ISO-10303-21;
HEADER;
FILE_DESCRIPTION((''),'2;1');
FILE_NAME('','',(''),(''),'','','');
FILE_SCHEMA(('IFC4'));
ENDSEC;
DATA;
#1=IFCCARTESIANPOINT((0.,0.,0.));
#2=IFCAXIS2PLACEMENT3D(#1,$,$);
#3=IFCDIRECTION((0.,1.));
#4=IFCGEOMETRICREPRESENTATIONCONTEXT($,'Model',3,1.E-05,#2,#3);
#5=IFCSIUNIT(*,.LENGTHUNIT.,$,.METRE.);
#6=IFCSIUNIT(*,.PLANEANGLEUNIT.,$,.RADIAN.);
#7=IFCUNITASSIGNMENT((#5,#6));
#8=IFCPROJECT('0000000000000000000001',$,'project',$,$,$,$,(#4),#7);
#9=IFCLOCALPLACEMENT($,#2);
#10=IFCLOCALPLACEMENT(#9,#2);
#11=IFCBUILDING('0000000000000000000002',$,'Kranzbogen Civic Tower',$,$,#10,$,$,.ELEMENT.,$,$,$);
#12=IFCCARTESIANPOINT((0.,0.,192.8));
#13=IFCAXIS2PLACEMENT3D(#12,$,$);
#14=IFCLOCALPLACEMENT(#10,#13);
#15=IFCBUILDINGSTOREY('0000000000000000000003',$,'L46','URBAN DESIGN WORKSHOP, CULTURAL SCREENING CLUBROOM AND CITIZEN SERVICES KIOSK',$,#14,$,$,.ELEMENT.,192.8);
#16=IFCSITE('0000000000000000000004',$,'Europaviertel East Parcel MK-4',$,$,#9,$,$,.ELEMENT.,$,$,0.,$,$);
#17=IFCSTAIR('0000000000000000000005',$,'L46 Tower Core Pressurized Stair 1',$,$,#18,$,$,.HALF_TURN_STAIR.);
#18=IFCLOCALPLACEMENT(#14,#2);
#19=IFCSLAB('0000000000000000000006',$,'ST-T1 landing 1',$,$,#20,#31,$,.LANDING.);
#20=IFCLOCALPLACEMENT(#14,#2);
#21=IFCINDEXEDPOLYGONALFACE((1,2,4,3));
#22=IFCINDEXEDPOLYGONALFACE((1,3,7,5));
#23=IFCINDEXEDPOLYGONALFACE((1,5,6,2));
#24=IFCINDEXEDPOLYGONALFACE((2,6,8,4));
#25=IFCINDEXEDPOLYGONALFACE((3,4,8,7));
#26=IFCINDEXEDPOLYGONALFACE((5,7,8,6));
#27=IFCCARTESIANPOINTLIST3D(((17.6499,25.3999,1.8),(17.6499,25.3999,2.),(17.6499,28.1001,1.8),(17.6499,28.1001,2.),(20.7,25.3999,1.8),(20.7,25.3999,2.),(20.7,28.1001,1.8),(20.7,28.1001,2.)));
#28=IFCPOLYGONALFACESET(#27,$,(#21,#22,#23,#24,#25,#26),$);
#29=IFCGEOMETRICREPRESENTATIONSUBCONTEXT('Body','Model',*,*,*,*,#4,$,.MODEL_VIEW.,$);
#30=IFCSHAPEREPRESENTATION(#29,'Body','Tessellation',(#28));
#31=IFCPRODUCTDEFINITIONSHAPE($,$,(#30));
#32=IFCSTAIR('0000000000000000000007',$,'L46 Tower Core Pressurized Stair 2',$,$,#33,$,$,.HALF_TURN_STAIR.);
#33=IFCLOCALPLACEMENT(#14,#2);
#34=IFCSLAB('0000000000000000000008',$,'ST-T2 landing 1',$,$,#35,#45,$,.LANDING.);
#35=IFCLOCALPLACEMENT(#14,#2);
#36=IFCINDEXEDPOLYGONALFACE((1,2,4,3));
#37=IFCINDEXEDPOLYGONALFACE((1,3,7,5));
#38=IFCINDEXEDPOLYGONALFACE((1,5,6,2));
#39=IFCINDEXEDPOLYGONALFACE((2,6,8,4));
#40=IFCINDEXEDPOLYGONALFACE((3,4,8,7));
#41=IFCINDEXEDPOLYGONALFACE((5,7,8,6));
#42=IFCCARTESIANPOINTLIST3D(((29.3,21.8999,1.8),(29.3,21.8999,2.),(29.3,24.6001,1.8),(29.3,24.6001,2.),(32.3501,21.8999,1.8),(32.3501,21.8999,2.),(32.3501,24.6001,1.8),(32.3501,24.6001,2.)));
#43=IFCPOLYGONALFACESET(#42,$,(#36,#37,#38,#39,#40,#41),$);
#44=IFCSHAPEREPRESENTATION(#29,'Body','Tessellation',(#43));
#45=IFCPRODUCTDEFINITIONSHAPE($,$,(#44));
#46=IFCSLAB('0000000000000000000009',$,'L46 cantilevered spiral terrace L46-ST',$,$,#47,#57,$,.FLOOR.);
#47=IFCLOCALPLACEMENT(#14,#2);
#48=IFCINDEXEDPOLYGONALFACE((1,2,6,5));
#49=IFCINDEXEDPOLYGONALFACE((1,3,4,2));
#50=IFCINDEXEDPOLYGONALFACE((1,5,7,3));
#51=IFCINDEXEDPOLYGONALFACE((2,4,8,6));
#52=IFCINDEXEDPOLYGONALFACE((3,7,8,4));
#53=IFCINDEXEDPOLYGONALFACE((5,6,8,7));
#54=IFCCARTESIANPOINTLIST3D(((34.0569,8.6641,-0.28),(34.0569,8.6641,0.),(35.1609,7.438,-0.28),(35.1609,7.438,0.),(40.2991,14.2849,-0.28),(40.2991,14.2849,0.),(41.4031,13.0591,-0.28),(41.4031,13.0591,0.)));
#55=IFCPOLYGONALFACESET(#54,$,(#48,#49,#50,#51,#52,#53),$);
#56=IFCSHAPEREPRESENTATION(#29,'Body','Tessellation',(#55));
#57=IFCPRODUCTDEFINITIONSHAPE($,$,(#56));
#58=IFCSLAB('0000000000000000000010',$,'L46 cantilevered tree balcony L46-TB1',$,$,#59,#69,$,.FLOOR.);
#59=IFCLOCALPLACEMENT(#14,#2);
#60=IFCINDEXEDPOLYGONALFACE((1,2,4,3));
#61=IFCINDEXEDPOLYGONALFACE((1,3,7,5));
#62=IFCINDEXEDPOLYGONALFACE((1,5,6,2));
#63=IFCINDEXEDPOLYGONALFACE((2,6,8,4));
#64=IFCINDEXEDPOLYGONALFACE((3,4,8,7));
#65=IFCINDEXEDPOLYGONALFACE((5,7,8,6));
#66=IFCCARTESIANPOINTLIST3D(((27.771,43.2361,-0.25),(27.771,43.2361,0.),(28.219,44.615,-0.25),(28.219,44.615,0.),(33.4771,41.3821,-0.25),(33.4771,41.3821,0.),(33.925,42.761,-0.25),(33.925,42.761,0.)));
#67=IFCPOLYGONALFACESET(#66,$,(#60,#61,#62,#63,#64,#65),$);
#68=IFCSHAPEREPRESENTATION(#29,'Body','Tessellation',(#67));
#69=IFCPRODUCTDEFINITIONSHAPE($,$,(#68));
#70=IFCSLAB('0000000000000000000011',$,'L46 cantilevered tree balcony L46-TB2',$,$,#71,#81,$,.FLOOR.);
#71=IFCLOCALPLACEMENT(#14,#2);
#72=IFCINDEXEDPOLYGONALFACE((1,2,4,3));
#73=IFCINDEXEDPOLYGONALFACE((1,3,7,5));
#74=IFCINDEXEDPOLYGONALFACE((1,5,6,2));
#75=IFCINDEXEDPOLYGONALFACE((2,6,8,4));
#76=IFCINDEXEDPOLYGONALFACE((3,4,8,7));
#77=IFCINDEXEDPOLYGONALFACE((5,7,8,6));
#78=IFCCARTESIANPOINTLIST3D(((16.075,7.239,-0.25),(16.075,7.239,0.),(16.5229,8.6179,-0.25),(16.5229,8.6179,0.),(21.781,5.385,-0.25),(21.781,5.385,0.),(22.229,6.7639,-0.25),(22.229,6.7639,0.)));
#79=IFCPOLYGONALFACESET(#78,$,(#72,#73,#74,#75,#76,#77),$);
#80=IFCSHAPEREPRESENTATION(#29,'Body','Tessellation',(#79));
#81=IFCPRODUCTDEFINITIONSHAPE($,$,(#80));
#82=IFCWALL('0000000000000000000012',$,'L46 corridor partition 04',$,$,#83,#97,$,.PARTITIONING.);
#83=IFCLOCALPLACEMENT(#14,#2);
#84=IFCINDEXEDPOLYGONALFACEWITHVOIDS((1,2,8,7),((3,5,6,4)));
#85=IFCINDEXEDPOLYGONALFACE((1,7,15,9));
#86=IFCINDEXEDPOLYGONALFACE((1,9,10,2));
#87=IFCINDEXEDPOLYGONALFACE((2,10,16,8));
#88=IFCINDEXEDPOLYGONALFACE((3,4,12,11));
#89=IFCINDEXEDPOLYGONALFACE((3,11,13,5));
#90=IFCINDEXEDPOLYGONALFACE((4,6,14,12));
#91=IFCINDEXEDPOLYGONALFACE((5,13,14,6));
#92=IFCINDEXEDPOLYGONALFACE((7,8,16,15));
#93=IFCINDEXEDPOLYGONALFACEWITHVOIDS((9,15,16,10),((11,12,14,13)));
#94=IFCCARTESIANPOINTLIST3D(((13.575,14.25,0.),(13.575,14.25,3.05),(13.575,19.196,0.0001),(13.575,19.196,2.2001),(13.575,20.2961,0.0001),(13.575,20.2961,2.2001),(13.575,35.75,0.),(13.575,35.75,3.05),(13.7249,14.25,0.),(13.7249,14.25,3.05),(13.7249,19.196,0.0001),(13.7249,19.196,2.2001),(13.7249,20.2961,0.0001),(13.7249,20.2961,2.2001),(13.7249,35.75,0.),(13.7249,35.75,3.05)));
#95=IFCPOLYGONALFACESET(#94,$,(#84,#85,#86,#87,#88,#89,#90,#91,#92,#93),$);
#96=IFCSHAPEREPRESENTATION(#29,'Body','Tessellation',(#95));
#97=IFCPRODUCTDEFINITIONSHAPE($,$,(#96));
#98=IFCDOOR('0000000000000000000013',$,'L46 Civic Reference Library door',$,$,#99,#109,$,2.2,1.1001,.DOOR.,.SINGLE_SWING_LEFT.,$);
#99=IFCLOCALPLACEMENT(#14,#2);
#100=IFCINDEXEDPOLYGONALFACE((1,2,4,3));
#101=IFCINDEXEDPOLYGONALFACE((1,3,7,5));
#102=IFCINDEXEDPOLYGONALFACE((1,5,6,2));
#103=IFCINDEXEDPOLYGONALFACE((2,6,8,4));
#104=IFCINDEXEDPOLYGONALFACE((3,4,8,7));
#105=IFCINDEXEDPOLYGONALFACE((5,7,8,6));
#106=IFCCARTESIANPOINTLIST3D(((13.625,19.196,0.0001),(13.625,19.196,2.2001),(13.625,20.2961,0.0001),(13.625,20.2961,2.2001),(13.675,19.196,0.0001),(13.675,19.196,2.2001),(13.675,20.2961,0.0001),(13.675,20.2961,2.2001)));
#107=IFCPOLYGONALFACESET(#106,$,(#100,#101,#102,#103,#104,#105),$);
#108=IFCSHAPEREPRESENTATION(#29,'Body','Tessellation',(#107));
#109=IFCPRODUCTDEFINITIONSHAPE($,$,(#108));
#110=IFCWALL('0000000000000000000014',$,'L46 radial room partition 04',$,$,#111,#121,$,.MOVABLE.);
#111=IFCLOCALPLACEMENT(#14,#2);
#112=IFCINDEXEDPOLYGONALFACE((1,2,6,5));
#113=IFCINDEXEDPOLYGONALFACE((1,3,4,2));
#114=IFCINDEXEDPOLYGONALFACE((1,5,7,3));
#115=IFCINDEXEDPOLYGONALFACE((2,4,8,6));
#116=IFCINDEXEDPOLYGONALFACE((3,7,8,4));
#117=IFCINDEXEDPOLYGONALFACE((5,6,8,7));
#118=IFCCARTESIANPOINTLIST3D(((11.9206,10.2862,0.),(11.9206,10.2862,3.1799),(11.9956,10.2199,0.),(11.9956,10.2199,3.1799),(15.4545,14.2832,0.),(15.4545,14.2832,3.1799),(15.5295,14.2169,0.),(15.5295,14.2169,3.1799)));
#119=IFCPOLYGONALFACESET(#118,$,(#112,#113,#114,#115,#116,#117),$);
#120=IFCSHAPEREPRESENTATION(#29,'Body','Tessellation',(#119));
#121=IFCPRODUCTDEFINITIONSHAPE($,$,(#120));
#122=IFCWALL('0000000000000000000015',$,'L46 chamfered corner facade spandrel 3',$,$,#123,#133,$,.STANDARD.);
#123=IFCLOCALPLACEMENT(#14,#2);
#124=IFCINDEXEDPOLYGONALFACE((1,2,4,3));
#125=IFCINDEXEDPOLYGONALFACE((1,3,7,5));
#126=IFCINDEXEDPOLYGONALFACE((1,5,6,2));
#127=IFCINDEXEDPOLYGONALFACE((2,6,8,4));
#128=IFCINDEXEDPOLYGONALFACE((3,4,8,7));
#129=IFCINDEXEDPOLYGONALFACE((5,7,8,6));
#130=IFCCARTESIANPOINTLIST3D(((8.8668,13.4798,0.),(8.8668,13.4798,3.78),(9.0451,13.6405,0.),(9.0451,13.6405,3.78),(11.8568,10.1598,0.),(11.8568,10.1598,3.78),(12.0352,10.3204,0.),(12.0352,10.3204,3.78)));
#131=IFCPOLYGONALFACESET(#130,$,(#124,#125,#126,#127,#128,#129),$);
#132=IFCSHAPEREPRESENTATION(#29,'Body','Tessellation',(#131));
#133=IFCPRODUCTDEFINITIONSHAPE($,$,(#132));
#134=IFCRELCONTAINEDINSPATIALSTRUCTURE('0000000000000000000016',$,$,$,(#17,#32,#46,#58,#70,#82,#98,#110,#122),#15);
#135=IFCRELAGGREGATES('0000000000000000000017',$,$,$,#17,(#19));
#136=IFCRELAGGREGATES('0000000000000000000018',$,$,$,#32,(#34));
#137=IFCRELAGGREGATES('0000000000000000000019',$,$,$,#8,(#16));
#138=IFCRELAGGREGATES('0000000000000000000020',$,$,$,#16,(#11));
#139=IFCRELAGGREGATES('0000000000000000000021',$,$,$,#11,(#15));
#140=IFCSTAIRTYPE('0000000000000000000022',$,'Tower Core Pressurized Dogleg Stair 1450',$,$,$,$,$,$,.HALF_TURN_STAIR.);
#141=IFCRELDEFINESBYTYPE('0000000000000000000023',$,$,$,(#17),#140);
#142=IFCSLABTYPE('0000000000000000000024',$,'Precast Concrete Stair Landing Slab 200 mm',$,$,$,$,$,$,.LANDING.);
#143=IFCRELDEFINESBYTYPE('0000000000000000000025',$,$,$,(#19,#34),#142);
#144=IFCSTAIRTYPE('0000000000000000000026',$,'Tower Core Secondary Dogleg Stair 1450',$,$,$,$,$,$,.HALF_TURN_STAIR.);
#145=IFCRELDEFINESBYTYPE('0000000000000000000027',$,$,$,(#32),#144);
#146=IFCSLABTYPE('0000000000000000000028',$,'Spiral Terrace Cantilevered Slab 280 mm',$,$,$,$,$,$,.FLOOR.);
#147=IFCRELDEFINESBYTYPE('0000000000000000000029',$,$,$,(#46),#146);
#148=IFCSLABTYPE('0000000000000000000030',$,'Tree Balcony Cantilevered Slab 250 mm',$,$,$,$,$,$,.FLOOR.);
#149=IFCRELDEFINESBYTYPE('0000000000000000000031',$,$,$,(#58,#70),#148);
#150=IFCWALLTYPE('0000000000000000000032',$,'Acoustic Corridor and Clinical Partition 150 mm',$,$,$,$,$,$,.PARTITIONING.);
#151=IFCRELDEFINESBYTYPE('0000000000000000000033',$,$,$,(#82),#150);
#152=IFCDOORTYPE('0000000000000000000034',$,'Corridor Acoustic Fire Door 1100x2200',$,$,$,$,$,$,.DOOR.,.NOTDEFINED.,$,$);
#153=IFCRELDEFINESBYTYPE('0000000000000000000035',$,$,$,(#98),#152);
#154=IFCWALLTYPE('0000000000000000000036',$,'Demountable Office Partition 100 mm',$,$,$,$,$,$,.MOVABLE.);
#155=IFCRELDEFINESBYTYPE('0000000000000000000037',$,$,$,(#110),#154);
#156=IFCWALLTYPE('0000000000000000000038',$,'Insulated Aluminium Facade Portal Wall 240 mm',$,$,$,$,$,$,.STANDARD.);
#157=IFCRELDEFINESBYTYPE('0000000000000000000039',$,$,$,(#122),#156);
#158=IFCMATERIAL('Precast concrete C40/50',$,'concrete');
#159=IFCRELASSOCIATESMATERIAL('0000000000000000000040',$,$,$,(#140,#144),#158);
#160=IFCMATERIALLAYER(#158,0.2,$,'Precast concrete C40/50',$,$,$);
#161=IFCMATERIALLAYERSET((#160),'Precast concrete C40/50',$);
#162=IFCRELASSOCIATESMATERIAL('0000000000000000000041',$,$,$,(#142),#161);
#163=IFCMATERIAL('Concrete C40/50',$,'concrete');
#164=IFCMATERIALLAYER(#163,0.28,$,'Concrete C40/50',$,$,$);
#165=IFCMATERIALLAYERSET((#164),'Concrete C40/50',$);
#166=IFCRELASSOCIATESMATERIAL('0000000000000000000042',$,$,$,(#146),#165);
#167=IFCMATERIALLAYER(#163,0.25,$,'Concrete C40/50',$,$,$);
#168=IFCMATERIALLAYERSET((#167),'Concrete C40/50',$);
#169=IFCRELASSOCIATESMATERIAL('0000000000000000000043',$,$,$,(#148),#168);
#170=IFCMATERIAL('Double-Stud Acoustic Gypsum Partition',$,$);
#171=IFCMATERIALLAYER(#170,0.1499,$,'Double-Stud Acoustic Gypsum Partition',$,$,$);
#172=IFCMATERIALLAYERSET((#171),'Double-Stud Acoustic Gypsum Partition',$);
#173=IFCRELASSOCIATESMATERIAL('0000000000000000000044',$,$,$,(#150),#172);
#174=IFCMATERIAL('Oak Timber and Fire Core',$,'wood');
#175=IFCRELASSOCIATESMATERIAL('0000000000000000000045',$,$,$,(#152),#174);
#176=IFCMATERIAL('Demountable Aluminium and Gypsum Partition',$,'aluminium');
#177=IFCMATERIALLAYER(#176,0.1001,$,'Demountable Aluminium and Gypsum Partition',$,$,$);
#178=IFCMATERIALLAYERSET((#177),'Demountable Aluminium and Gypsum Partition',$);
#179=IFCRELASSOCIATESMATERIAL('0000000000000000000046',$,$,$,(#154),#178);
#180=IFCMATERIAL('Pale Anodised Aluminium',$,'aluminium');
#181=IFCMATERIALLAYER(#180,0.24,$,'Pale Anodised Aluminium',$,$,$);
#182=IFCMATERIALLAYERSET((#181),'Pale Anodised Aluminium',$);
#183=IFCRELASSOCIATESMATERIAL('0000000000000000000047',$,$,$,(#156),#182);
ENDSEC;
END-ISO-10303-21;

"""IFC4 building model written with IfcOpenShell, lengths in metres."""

from ifc_helpers import new_model, si_unit, direction, frame, frame_2d, origin, place, context, subcontext, project, spatial, polyline, rectangle, outline, extrude, material, layer, layer_set, type_object, element, fill, aggregate, save


model = new_model("IFC4")

# Units and contexts
model_context = context("Model", 3, precision=1e-05, world=origin(), true_north=direction((0.0, 1.0)))
body_context = subcontext(model_context, "Body", "Model", "MODEL_VIEW")
ifc_project = project(units=[si_unit("LENGTHUNIT", "METRE"), si_unit("PLANEANGLEUNIT", "RADIAN")], contexts=[model_context])

# Site, building, storey
site_placement = place(None, origin())
site = spatial("IfcSite", under=ifc_project, at=site_placement, Name="Europaviertel East Parcel MK-4", CompositionType="ELEMENT", RefElevation=0.0)
building_placement = place(site_placement, origin())
building = spatial("IfcBuilding", under=site, at=building_placement, Name="Kranzbogen Civic Tower", CompositionType="ELEMENT")
storey_placement = place(building_placement, frame((0.0, 0.0, 192.8)))
storey = spatial("IfcBuildingStorey", under=building, at=storey_placement, Name="L46", Description="URBAN DESIGN WORKSHOP, CULTURAL SCREENING CLUBROOM AND CITIZEN SERVICES KIOSK", CompositionType="ELEMENT", Elevation=192.8)

# Shared definitions
ifc_material_1 = material(Name="Pale Anodised Aluminium", Category="aluminium")

# Shared definitions
ifc_material_2 = material(Name="Concrete C40/50", Category="concrete")

# Stairs, slabs
ifc_material_3 = material(Name="Precast concrete C40/50", Category="concrete")
stair_type_1 = type_object("IfcStairType", Name="Tower Core Pressurized Dogleg Stair 1450", PredefinedType="HALF_TURN_STAIR", material=ifc_material_3)
stair_1_placement = place(storey_placement, origin())
stair_1 = element("IfcStair", 1, at=stair_1_placement, inside=storey, type_object=stair_type_1, Name="L46 Tower Core Pressurized Stair 1", PredefinedType="HALF_TURN_STAIR")
ifc_layer_1 = layer(ifc_material_3, 0.2, Name="Precast concrete C40/50")
ifc_layer_set_1 = layer_set([ifc_layer_1], Name="Precast concrete C40/50")
slab_type_1 = type_object("IfcSlabType", Name="Precast Concrete Stair Landing Slab 200 mm", PredefinedType="LANDING", material=ifc_layer_set_1)
slab_1_placement = place(storey_placement, frame((0.0, 0.0, 1.8)))
slab_1 = element("IfcSlab", 2, at=slab_1_placement, type_object=slab_type_1, Name="ST-T1 landing 1", PredefinedType="LANDING", context=body_context, shape_type="SweptSolid", body=[
    extrude(outline(polyline([(20.7, 25.3999), (20.7, 28.1001), (17.6499, 28.1001), (17.6499, 25.3999), (20.7, 25.3999)])), origin(), (0.0, 0.0, 1.0), 0.2),
])
aggregate(stair_1, [slab_1])
stair_type_2 = type_object("IfcStairType", Name="Tower Core Secondary Dogleg Stair 1450", PredefinedType="HALF_TURN_STAIR", material=ifc_material_3)
stair_2_placement = place(storey_placement, origin())
stair_2 = element("IfcStair", 3, at=stair_2_placement, inside=storey, type_object=stair_type_2, Name="L46 Tower Core Pressurized Stair 2", PredefinedType="HALF_TURN_STAIR")
slab_2_placement = place(storey_placement, frame((0.0, 0.0, 1.8)))
slab_2 = element("IfcSlab", 4, at=slab_2_placement, type_object=slab_type_1, Name="ST-T2 landing 1", PredefinedType="LANDING", context=body_context, shape_type="SweptSolid", body=[
    extrude(outline(polyline([(29.3, 24.6001), (29.3, 21.8999), (32.3501, 21.8999), (32.3501, 24.6001), (29.3, 24.6001)])), origin(), (0.0, 0.0, 1.0), 0.2),
])
aggregate(stair_2, [slab_2])

# Slabs
ifc_layer_2 = layer(ifc_material_2, 0.28, Name="Concrete C40/50")
ifc_layer_set_2 = layer_set([ifc_layer_2], Name="Concrete C40/50")
slab_type_2 = type_object("IfcSlabType", Name="Spiral Terrace Cantilevered Slab 280 mm", PredefinedType="FLOOR", material=ifc_layer_set_2)
slab_3_placement = place(storey_placement, frame((0.0, 0.0, -0.28)))
element("IfcSlab", 5, at=slab_3_placement, inside=storey, type_object=slab_type_2, Name="L46 cantilevered spiral terrace L46-ST", PredefinedType="FLOOR", context=body_context, shape_type="SweptSolid", body=[
    extrude(outline(polyline([(34.0569, 8.6641), (40.2991, 14.2849), (41.4031, 13.0591), (35.1609, 7.438), (34.0569, 8.6641)])), origin(), (0.0, 0.0, 1.0), 0.28),
])
ifc_layer_3 = layer(ifc_material_2, 0.25, Name="Concrete C40/50")
ifc_layer_set_3 = layer_set([ifc_layer_3], Name="Concrete C40/50")
slab_type_3 = type_object("IfcSlabType", Name="Tree Balcony Cantilevered Slab 250 mm", PredefinedType="FLOOR", material=ifc_layer_set_3)
slab_4_placement = place(storey_placement, frame((0.0, 0.0, -0.25)))
element("IfcSlab", 6, at=slab_4_placement, inside=storey, type_object=slab_type_3, Name="L46 cantilevered tree balcony L46-TB1", PredefinedType="FLOOR", context=body_context, shape_type="SweptSolid", body=[
    extrude(outline(polyline([(33.4771, 41.3821), (27.771, 43.2361), (28.219, 44.615), (33.925, 42.761), (33.4771, 41.3821)])), origin(), (0.0, 0.0, 1.0), 0.25),
])
slab_5_placement = place(storey_placement, frame((0.0, 0.0, -0.25)))
element("IfcSlab", 7, at=slab_5_placement, inside=storey, type_object=slab_type_3, Name="L46 cantilevered tree balcony L46-TB2", PredefinedType="FLOOR", context=body_context, shape_type="SweptSolid", body=[
    extrude(outline(polyline([(16.5229, 8.6179), (22.229, 6.7639), (21.781, 5.385), (16.075, 7.239), (16.5229, 8.6179)])), origin(), (0.0, 0.0, 1.0), 0.25),
])

# Wall, opening, door
ifc_material_4 = material(Name="Double-Stud Acoustic Gypsum Partition")
ifc_layer_4 = layer(ifc_material_4, 0.1499, Name="Double-Stud Acoustic Gypsum Partition")
ifc_layer_set_4 = layer_set([ifc_layer_4], Name="Double-Stud Acoustic Gypsum Partition")
wall_type_1 = type_object("IfcWallType", Name="Acoustic Corridor and Clinical Partition 150 mm", PredefinedType="PARTITIONING", material=ifc_layer_set_4)
wall_1_placement = place(storey_placement, frame((13.6499, 14.25, 0.0), z_axis=(0.0, 0.0, 1.0), x_axis=(0.0, 1.0, 0.0)))
wall_1 = element("IfcWall", 8, at=wall_1_placement, inside=storey, type_object=wall_type_1, Name="L46 corridor partition 04", PredefinedType="PARTITIONING", context=body_context, shape_type="SweptSolid", body=[
    extrude(rectangle(XDim=21.5, YDim=0.1499, at=frame_2d((10.75, 0.0))), origin(), (0.0, 0.0, 1.0), 3.05),
])
opening_placement = place(wall_1_placement, frame((4.946, 0.0, 0.0)))
opening = element("IfcOpeningElement", 9, at=opening_placement, cuts=wall_1, PredefinedType="OPENING", context=body_context, shape_type="SweptSolid", body=[
    extrude(rectangle(XDim=1.1001, YDim=2.2, at=frame_2d((0.55, 1.1001))), frame((0.0, 0.085, 0.0), z_axis=(0.0, -1.0, 0.0), x_axis=(1.0, 0.0, 0.0)), (0.0, 0.0, 1.0), 0.1699),
])
ifc_material_5 = material(Name="Oak Timber and Fire Core", Category="wood")
door_type = type_object("IfcDoorType", Name="Corridor Acoustic Fire Door 1100x2200", OperationType="NOTDEFINED", PredefinedType="DOOR", material=ifc_material_5)
door_placement = place(opening_placement, origin())
door = element("IfcDoor", 10, at=door_placement, inside=storey, type_object=door_type, Name="L46 Civic Reference Library door", OperationType="SINGLE_SWING_LEFT", OverallHeight=2.2, OverallWidth=1.1001, PredefinedType="DOOR", context=body_context, shape_type="SweptSolid", body=[
    extrude(rectangle(XDim=1.1001, YDim=2.2, at=frame_2d((0.55, 1.1001))), frame((0.0, 0.0249, 0.0), z_axis=(0.0, -1.0, 0.0), x_axis=(1.0, 0.0, 0.0)), (0.0, 0.0, 1.0), 0.05),
])
fill(opening, door)

# Walls
ifc_material_6 = material(Name="Demountable Aluminium and Gypsum Partition", Category="aluminium")
ifc_layer_5 = layer(ifc_material_6, 0.1001, Name="Demountable Aluminium and Gypsum Partition")
ifc_layer_set_5 = layer_set([ifc_layer_5], Name="Demountable Aluminium and Gypsum Partition")
wall_type_2 = type_object("IfcWallType", Name="Demountable Office Partition 100 mm", PredefinedType="MOVABLE", material=ifc_layer_set_5)
wall_2_placement = place(storey_placement, frame((15.4919, 14.25, 0.0), z_axis=(0.0, 0.0, 1.0), x_axis=(-0.66237, -0.749176, 0.0)))
element("IfcWall", 11, at=wall_2_placement, inside=storey, type_object=wall_type_2, Name="L46 radial room partition 04", PredefinedType="MOVABLE", context=body_context, shape_type="SweptSolid", body=[
    extrude(rectangle(XDim=5.3352, YDim=0.1001, at=frame_2d((2.6675, 0.0))), origin(), (0.0, 0.0, 1.0), 3.1799),
])
ifc_layer_6 = layer(ifc_material_1, 0.24, Name="Pale Anodised Aluminium")
ifc_layer_set_6 = layer_set([ifc_layer_6], Name="Pale Anodised Aluminium")
wall_type_3 = type_object("IfcWallType", Name="Insulated Aluminium Facade Portal Wall 240 mm", PredefinedType="STANDARD", material=ifc_layer_set_6)
wall_3_placement = place(storey_placement, frame((8.9561, 13.5601, 0.0), z_axis=(0.0, 0.0, 1.0), x_axis=(0.669203, -0.743079, 0.0)))
element("IfcWall", 12, at=wall_3_placement, inside=storey, type_object=wall_type_3, Name="L46 chamfered corner facade spandrel 3", PredefinedType="STANDARD", context=body_context, shape_type="SweptSolid", body=[
    extrude(rectangle(XDim=4.468, YDim=0.24, at=frame_2d((2.2339, 0.0))), origin(), (0.0, 0.0, 1.0), 3.78),
])

save(model, "model.ifc")
